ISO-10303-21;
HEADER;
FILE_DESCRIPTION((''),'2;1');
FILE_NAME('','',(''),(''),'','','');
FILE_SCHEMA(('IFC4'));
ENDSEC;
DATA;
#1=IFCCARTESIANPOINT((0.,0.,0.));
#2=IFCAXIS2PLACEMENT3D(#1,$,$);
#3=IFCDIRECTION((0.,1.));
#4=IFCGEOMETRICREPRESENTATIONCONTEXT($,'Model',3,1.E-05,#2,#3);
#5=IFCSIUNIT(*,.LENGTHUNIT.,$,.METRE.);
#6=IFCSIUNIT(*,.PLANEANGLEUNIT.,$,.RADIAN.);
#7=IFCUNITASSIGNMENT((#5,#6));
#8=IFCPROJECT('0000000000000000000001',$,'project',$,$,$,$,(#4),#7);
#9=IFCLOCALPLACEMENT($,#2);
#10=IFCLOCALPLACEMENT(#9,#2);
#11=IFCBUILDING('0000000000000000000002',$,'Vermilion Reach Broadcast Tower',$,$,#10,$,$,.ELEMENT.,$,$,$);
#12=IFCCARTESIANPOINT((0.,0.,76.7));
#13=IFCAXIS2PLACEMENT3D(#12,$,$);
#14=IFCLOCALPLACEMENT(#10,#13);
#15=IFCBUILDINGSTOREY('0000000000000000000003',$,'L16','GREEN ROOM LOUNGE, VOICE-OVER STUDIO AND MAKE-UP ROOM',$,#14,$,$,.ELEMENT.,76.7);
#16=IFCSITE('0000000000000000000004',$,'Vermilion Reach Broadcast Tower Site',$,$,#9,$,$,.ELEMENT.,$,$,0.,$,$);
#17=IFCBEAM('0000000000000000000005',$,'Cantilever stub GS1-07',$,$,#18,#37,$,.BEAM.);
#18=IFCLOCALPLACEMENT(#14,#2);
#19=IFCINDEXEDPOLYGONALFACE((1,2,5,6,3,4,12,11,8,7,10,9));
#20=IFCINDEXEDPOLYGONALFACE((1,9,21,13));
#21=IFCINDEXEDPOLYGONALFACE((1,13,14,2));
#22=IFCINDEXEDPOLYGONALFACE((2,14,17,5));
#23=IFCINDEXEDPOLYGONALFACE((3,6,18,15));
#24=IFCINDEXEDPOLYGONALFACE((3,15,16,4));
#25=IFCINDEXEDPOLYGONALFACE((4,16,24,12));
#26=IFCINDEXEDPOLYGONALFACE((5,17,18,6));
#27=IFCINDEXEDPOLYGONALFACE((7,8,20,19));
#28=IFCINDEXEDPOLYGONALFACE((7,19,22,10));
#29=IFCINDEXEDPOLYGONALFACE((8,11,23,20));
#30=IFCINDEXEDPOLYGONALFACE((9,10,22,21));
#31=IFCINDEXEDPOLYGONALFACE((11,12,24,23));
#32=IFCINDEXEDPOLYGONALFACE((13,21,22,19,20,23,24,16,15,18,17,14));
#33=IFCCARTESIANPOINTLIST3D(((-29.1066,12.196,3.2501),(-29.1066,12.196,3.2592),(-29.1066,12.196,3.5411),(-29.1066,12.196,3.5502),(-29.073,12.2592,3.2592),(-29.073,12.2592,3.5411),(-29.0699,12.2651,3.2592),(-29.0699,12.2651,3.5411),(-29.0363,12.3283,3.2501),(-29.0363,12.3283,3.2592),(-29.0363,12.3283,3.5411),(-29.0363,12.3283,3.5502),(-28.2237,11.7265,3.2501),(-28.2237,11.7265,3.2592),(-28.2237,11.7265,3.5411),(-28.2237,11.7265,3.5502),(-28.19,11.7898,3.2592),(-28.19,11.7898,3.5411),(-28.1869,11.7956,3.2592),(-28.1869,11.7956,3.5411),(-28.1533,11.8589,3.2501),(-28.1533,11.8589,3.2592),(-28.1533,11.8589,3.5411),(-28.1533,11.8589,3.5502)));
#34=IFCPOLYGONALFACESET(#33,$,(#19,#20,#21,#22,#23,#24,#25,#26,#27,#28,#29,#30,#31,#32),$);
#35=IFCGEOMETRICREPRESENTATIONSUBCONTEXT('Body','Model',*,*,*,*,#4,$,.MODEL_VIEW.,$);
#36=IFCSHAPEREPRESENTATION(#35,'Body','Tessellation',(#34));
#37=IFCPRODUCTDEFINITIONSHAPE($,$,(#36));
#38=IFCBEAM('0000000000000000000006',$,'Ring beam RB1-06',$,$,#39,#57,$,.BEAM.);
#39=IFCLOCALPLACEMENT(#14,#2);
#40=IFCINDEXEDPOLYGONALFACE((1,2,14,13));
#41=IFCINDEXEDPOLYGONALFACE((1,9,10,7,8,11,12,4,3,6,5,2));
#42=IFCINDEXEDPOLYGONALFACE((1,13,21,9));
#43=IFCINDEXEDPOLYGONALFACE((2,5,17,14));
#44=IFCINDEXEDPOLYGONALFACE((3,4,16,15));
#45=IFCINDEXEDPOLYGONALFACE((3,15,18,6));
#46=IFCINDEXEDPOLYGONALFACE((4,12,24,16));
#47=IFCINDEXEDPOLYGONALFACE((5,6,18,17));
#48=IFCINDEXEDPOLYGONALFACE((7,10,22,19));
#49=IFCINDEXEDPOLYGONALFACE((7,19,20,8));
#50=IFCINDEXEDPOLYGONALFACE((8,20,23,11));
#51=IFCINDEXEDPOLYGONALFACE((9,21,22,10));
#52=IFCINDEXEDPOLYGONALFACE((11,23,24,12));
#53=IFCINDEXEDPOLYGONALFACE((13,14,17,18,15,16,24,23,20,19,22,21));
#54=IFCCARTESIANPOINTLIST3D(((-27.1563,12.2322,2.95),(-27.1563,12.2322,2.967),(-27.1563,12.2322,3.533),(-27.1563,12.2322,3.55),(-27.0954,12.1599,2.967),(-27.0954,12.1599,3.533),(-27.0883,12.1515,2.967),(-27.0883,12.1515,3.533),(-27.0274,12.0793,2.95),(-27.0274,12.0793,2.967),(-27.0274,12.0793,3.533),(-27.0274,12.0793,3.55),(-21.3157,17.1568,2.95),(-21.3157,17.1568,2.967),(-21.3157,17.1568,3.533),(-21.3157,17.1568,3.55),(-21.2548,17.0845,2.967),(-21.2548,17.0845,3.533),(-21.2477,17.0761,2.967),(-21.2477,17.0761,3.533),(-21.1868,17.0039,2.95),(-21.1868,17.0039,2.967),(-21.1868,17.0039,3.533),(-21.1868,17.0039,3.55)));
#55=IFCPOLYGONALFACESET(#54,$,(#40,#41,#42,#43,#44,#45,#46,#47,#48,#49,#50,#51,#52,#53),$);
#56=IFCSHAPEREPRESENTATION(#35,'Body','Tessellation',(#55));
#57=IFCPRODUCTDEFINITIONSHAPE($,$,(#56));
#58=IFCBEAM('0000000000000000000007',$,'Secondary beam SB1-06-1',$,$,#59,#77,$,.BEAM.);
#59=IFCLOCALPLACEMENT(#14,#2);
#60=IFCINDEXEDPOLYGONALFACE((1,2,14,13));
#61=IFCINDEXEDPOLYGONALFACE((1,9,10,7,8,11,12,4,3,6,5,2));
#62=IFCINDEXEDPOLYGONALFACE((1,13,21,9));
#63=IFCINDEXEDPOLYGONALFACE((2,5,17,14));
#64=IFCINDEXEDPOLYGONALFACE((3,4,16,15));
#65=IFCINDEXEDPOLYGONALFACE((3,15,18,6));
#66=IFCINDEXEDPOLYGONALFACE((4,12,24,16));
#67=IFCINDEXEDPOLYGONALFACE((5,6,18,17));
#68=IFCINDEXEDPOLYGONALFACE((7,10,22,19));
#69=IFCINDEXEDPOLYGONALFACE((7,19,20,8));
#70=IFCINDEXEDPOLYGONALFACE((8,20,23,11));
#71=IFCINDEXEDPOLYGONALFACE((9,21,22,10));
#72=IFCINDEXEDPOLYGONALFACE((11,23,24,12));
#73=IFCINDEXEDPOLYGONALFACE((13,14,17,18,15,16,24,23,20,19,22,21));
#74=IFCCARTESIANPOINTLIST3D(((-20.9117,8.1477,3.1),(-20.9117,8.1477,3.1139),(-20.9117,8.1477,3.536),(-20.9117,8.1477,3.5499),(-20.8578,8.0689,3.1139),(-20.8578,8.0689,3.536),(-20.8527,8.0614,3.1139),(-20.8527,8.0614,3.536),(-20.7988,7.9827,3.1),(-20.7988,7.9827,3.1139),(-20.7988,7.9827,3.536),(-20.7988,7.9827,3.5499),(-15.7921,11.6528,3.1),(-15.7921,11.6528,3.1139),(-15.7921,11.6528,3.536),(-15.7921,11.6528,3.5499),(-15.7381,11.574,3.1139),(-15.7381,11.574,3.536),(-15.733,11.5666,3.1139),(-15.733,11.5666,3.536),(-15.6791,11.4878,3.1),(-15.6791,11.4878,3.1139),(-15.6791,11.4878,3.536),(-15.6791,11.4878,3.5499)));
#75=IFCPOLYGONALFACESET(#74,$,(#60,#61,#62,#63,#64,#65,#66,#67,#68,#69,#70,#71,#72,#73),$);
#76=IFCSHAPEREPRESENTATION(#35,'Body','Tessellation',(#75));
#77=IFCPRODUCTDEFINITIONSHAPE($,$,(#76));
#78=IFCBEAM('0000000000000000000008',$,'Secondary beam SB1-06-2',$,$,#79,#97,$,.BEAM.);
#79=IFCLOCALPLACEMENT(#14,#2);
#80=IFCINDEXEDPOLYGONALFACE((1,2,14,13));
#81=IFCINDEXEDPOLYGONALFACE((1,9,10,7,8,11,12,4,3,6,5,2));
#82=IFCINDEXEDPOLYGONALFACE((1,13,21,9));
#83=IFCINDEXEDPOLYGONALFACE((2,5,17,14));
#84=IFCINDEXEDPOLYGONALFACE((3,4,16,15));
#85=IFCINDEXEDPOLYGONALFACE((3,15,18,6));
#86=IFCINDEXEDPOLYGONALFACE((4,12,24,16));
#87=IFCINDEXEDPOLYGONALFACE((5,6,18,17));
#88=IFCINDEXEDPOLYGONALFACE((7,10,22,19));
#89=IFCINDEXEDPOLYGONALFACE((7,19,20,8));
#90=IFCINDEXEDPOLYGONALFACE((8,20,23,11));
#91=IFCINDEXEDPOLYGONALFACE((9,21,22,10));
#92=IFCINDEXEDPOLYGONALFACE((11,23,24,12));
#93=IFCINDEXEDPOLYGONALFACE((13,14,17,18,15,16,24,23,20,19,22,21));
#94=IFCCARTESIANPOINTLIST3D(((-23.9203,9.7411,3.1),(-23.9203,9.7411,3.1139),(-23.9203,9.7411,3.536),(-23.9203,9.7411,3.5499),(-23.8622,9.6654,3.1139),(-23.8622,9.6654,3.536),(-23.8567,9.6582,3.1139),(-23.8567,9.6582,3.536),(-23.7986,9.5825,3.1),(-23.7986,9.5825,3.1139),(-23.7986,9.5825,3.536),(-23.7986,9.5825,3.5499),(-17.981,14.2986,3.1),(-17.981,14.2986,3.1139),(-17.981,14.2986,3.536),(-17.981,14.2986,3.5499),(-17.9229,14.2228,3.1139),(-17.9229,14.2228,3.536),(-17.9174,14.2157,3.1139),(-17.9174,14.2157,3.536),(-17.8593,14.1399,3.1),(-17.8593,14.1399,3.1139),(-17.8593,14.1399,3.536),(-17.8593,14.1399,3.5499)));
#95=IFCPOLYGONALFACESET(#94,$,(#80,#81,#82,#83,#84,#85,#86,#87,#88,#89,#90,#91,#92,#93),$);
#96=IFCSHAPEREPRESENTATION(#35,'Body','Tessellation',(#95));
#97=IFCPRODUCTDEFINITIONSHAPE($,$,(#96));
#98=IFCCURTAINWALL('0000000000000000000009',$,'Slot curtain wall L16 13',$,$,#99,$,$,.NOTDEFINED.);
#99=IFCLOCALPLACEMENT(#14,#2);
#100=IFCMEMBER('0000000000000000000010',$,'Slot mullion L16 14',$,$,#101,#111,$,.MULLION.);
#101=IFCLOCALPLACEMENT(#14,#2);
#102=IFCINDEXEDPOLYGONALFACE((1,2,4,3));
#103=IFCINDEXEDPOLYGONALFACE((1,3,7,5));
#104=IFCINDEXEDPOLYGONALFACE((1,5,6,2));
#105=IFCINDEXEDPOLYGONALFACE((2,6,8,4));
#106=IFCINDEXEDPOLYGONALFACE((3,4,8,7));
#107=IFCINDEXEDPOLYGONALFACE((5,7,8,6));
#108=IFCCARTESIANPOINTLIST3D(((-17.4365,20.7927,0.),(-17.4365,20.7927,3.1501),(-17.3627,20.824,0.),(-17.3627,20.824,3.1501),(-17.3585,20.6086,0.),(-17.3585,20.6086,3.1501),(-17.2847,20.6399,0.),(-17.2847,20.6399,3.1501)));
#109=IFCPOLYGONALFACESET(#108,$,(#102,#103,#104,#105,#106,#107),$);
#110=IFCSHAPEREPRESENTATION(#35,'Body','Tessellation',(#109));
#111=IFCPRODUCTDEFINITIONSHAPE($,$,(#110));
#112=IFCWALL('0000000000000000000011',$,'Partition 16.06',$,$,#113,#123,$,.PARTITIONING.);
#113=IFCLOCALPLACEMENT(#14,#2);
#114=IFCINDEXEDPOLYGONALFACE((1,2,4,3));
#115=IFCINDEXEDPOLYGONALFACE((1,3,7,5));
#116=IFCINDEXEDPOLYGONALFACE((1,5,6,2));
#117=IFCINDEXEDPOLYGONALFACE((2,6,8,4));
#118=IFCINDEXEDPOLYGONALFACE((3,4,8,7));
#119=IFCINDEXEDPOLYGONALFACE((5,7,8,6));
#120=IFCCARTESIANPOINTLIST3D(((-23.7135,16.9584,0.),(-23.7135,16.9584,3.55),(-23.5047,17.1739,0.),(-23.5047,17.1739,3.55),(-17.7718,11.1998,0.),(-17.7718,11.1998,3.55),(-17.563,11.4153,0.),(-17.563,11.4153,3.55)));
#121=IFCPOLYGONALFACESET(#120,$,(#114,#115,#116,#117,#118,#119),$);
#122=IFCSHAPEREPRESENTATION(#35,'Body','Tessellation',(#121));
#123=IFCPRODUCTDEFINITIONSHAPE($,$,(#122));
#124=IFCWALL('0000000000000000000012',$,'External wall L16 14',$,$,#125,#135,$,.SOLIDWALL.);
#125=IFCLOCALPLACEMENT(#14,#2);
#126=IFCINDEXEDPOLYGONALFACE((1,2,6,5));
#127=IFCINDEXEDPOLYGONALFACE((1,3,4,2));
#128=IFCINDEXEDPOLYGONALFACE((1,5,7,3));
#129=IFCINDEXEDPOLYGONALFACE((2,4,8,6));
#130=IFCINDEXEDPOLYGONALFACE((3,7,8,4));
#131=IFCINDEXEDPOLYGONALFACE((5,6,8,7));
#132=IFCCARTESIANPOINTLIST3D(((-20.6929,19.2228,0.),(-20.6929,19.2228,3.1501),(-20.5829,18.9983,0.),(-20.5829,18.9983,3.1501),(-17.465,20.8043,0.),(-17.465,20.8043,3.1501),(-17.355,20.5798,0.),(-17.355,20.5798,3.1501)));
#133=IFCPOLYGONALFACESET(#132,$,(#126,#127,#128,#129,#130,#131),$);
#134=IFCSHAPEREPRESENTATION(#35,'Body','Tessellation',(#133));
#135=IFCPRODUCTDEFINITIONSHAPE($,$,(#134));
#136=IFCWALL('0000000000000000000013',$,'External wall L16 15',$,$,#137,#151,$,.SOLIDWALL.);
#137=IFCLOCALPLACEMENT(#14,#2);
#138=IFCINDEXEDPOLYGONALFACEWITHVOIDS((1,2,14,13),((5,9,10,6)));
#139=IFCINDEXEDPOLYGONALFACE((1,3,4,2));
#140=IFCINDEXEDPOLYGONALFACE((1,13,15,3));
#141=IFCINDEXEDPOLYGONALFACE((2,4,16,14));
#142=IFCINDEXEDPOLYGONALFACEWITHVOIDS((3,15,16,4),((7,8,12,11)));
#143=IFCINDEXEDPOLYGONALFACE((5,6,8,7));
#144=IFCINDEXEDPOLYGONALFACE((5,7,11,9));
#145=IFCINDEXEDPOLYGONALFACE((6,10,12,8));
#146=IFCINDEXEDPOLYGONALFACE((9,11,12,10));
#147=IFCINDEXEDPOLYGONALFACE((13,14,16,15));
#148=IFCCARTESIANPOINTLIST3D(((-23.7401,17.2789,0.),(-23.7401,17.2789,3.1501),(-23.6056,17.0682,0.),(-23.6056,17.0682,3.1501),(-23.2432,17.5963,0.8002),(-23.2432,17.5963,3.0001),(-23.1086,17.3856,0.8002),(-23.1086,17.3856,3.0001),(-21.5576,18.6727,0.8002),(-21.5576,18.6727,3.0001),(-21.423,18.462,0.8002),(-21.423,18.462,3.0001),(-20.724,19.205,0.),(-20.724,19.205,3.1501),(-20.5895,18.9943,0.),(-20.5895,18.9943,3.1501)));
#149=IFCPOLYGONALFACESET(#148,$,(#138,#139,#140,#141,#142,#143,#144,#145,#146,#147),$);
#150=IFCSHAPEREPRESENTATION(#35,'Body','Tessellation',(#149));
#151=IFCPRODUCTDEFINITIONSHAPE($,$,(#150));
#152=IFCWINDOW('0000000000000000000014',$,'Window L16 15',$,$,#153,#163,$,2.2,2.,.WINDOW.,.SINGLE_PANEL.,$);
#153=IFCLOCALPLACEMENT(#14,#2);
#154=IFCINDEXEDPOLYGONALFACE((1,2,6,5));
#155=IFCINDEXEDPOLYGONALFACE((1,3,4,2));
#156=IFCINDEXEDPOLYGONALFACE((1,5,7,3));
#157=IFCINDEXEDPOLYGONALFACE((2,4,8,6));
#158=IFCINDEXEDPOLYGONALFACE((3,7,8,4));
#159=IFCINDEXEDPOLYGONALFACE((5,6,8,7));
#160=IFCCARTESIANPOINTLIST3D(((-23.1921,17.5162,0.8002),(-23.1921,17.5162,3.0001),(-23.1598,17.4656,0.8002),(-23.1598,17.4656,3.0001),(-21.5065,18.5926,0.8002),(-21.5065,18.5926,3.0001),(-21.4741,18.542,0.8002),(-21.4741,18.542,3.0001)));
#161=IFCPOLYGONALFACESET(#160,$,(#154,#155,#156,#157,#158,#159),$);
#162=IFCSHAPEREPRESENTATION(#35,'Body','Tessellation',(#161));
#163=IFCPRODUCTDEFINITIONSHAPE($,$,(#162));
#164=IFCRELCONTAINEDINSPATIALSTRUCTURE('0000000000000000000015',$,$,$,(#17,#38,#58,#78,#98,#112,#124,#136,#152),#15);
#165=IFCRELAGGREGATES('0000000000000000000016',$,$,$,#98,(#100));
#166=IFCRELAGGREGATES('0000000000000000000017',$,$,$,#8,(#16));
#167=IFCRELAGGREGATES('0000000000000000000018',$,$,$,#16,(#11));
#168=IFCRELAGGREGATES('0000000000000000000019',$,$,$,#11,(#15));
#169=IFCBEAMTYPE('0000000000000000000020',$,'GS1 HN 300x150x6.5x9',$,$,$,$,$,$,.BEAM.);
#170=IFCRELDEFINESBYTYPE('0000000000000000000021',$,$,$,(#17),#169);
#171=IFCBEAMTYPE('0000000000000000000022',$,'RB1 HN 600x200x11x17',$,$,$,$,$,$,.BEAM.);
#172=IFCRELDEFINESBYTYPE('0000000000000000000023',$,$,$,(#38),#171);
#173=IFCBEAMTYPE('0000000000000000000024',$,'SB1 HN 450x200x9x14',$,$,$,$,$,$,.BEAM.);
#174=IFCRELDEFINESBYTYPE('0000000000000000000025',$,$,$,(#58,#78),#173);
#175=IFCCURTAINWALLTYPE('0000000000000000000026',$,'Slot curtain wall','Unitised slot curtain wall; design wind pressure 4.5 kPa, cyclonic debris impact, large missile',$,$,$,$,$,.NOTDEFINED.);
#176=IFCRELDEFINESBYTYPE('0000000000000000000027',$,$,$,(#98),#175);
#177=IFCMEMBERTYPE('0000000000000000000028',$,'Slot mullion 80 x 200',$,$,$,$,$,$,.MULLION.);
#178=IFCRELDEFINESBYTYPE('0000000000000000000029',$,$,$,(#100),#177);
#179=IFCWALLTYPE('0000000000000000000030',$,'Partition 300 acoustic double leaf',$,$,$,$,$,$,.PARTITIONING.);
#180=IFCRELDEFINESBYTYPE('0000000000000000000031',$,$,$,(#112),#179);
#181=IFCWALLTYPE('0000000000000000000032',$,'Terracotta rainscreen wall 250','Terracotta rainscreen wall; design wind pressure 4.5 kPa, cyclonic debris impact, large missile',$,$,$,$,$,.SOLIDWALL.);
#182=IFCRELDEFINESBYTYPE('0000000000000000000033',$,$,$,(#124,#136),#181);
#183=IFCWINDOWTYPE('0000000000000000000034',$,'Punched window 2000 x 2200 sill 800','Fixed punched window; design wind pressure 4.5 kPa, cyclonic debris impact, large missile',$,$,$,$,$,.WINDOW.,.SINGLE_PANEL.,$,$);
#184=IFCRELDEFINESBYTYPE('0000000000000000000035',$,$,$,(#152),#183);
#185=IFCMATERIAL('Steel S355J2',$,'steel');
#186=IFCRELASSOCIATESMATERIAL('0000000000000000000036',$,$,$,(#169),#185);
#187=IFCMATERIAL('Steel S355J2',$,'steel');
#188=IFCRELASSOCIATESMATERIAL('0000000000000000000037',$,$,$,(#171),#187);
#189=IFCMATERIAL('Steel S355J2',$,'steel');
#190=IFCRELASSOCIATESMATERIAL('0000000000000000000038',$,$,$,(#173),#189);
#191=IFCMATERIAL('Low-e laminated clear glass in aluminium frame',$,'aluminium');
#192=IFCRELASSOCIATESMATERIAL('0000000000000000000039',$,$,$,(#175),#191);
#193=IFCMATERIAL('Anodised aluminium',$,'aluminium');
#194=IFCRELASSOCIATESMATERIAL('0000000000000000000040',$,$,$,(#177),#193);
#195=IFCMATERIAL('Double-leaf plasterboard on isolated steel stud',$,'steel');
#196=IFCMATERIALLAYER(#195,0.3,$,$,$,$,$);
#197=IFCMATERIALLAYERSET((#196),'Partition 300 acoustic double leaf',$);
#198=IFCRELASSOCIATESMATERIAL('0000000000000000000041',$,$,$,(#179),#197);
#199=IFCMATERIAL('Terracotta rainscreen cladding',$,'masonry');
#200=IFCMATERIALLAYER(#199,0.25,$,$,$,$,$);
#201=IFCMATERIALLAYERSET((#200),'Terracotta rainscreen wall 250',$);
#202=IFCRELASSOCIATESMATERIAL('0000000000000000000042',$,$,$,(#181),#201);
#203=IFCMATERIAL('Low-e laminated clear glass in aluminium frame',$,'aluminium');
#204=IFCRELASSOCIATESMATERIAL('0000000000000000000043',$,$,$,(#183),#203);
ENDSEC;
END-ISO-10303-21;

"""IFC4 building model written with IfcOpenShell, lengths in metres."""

from ifc_helpers import new_model, si_unit, direction, frame, frame_2d, origin, origin_2d, place, context, subcontext, project, spatial, rectangle, i_section, extrude, material, layer, layer_set, material_profile, profile_set, type_object, element, fill, aggregate, save


model = new_model("IFC4")

# Units and contexts
model_context = context("Model", 3, precision=1e-05, world=origin(), true_north=direction((0.0, 1.0)))
body_context = subcontext(model_context, "Body", "Model", "MODEL_VIEW")
ifc_project = project(units=[si_unit("LENGTHUNIT", "METRE"), si_unit("PLANEANGLEUNIT", "RADIAN")], contexts=[model_context])

# Site, building, storey
site_placement = place(None, origin())
site = spatial("IfcSite", under=ifc_project, at=site_placement, Name="Vermilion Reach Broadcast Tower Site", CompositionType="ELEMENT", RefElevation=0.0)
building_placement = place(site_placement, origin())
building = spatial("IfcBuilding", under=site, at=building_placement, Name="Vermilion Reach Broadcast Tower", CompositionType="ELEMENT")
storey_placement = place(building_placement, frame((0.0, 0.0, 76.7)))
storey = spatial("IfcBuildingStorey", under=building, at=storey_placement, Name="L16", Description="GREEN ROOM LOUNGE, VOICE-OVER STUDIO AND MAKE-UP ROOM", CompositionType="ELEMENT", Elevation=76.7)

# Beams
ifc_material_1 = material(Name="Steel S355J2", Category="steel")
ifc_material_profile_1 = material_profile(ifc_material_1, i_section(OverallWidth=0.1499, OverallDepth=0.3, WebThickness=0.0066, FlangeThickness=0.009, at=origin_2d()), Name="S355J2 HN 300x150x6.5x9")
ifc_profile_set_1 = profile_set([ifc_material_profile_1], Name="Steel S355J2")
beam_type_1 = type_object("IfcBeamType", Name="GS1 HN 300x150x6.5x9", PredefinedType="BEAM", material=ifc_profile_set_1)
for number, where, z_axis, x_axis, name in (
    (1, (-28.1885, 11.7927, 3.4001), (-0.882967, 0.469435, 0.0), (-0.469435, -0.882967, 0.0), "Cantilever stub GS1-07"),
):
    element("IfcBeam", number, at=place(storey_placement, frame(where, z_axis=z_axis, x_axis=x_axis)), inside=storey, type_object=beam_type_1, Name=name, PredefinedType="BEAM", context=body_context, shape_type="SweptSolid", body=[
        extrude(i_section(OverallWidth=0.1499, OverallDepth=0.3, WebThickness=0.0066, FlangeThickness=0.009, at=origin_2d()), origin(), (0.0, 0.0, 1.0), 1.0),
    ])
ifc_material_2 = material(Name="Steel S355J2", Category="steel")
ifc_material_profile_2 = material_profile(ifc_material_2, i_section(OverallWidth=0.2, OverallDepth=0.6001, WebThickness=0.011, FlangeThickness=0.0171, at=origin_2d()), Name="S355J2 HN 600x200x11x17")
ifc_profile_set_2 = profile_set([ifc_material_profile_2], Name="Steel S355J2")
beam_type_2 = type_object("IfcBeamType", Name="RB1 HN 600x200x11x17", PredefinedType="BEAM", material=ifc_profile_set_2)
beam_1_placement = place(storey_placement, frame((-21.2512, 17.0803, 3.25), z_axis=(-0.764512, -0.644609, 0.0), x_axis=(0.644609, -0.764512, 0.0)))
element("IfcBeam", 2, at=beam_1_placement, inside=storey, type_object=beam_type_2, Name="Ring beam RB1-06", PredefinedType="BEAM", context=body_context, shape_type="SweptSolid", body=[
    extrude(i_section(OverallWidth=0.2, OverallDepth=0.6001, WebThickness=0.011, FlangeThickness=0.0171, at=origin_2d()), origin(), (0.0, 0.0, 1.0), 7.6396),
])
ifc_material_3 = material(Name="Steel S355J2", Category="steel")
ifc_material_profile_3 = material_profile(ifc_material_3, i_section(OverallWidth=0.2, OverallDepth=0.45, WebThickness=0.009, FlangeThickness=0.0139, at=origin_2d()), Name="S355J2 HN 450x200x9x14")
ifc_profile_set_3 = profile_set([ifc_material_profile_3], Name="Steel S355J2")
beam_type_3 = type_object("IfcBeamType", Name="SB1 HN 450x200x9x14", PredefinedType="BEAM", material=ifc_profile_set_3)
beam_2_placement = place(storey_placement, frame((-15.7356, 11.5703, 3.325), z_axis=(-0.82514, -0.564928, 0.0), x_axis=(0.564928, -0.82514, 0.0)))
element("IfcBeam", 3, at=beam_2_placement, inside=storey, type_object=beam_type_3, Name="Secondary beam SB1-06-1", PredefinedType="BEAM", context=body_context, shape_type="SweptSolid", body=[
    extrude(i_section(OverallWidth=0.2, OverallDepth=0.45, WebThickness=0.009, FlangeThickness=0.0139, at=origin_2d()), origin(), (0.0, 0.0, 1.0), 6.2046),
])
beam_3_placement = place(storey_placement, frame((-17.9202, 14.2192, 3.325), z_axis=(-0.79335, -0.608766, 0.0), x_axis=(0.608766, -0.79335, 0.0)))
element("IfcBeam", 4, at=beam_3_placement, inside=storey, type_object=beam_type_3, Name="Secondary beam SB1-06-2", PredefinedType="BEAM", context=body_context, shape_type="SweptSolid", body=[
    extrude(i_section(OverallWidth=0.2, OverallDepth=0.45, WebThickness=0.009, FlangeThickness=0.0139, at=origin_2d()), origin(), (0.0, 0.0, 1.0), 7.4863),
])

# Curtain wall, member
ifc_material_4 = material(Name="Low-e laminated clear glass in aluminium frame", Category="aluminium")
curtain_wall_type = type_object("IfcCurtainWallType", Name="Slot curtain wall", Description="Unitised slot curtain wall; design wind pressure 4.5 kPa, cyclonic debris impact, large missile", PredefinedType="NOTDEFINED", material=ifc_material_4)
curtain_wall_placement = place(storey_placement, origin())
curtain_wall = element("IfcCurtainWall", 5, at=curtain_wall_placement, inside=storey, type_object=curtain_wall_type, Name="Slot curtain wall L16 13", PredefinedType="NOTDEFINED")
ifc_material_5 = material(Name="Anodised aluminium", Category="aluminium")
ifc_material_profile_4 = material_profile(ifc_material_5, rectangle(XDim=0.2, YDim=0.0801, at=origin_2d()), Name="Slot mullion 80 x 200")
ifc_profile_set_4 = profile_set([ifc_material_profile_4], Name="Anodised aluminium")
member_type = type_object("IfcMemberType", Name="Slot mullion 80 x 200", PredefinedType="MULLION", material=ifc_profile_set_4)
member_placement = place(storey_placement, frame((-17.3606, 20.7163, 0.0), z_axis=(0.0, 0.0, 1.0), x_axis=(0.390104, -0.920771, 0.0)))
member = element("IfcMember", 6, at=member_placement, type_object=member_type, Name="Slot mullion L16 14", PredefinedType="MULLION", context=body_context, shape_type="SweptSolid", body=[
    extrude(rectangle(XDim=0.2, YDim=0.0801, at=origin_2d()), origin(), (0.0, 0.0, 1.0), 3.1501),
])
aggregate(curtain_wall, [member])

# Walls
ifc_material_6 = material(Name="Double-leaf plasterboard on isolated steel stud", Category="steel")
ifc_layer_1 = layer(ifc_material_6, 0.3)
ifc_layer_set_1 = layer_set([ifc_layer_1], Name="Partition 300 acoustic double leaf")
wall_type_1 = type_object("IfcWallType", Name="Partition 300 acoustic double leaf", PredefinedType="PARTITIONING", material=ifc_layer_set_1)
wall_1_placement = place(storey_placement, frame((-23.6091, 17.0662, 0.0), z_axis=(0.0, 0.0, 1.0), x_axis=(0.718085, -0.695955, 0.0)))
element("IfcWall", 7, at=wall_1_placement, inside=storey, type_object=wall_type_1, Name="Partition 16.06", PredefinedType="PARTITIONING", context=body_context, shape_type="SweptSolid", body=[
    extrude(rectangle(XDim=8.2744, YDim=0.3, at=frame_2d((4.1372, 0.0))), origin(), (0.0, 0.0, 1.0), 3.55),
])
ifc_material_7 = material(Name="Terracotta rainscreen cladding", Category="masonry")
ifc_layer_2 = layer(ifc_material_7, 0.25)
ifc_layer_set_2 = layer_set([ifc_layer_2], Name="Terracotta rainscreen wall 250")
wall_type_2 = type_object("IfcWallType", Name="Terracotta rainscreen wall 250", Description="Terracotta rainscreen wall; design wind pressure 4.5 kPa, cyclonic debris impact, large missile", PredefinedType="SOLIDWALL", material=ifc_layer_set_2)
wall_2_placement = place(storey_placement, frame((-17.4099, 20.6921, 0.0), z_axis=(0.0, 0.0, 1.0), x_axis=(-0.897998, -0.439999, 0.0)))
element("IfcWall", 8, at=wall_2_placement, inside=storey, type_object=wall_type_2, Name="External wall L16 14", PredefinedType="SOLIDWALL", context=body_context, shape_type="SweptSolid", body=[
    extrude(rectangle(XDim=3.5945, YDim=0.25, at=frame_2d((1.7974, 0.0))), origin(), (0.0, 0.0, 1.0), 3.1501),
])

# Wall, opening, window
wall_3_placement = place(storey_placement, frame((-20.6567, 19.0996, 0.0), z_axis=(0.0, 0.0, 1.0), x_axis=(-0.842815, -0.538204, 0.0)))
wall_3 = element("IfcWall", 9, at=wall_3_placement, inside=storey, type_object=wall_type_2, Name="External wall L16 15", PredefinedType="SOLIDWALL", context=body_context, shape_type="SweptSolid", body=[
    extrude(rectangle(XDim=3.5786, YDim=0.25, at=frame_2d((1.7893, 0.0))), origin(), (0.0, 0.0, 1.0), 3.1501),
])
opening_1_placement = place(wall_3_placement, frame((0.989, 0.0, 0.8)))
opening_1 = element("IfcOpeningElement", 10, at=opening_1_placement, cuts=wall_3, PredefinedType="OPENING", context=body_context, shape_type="SweptSolid", body=[
    extrude(rectangle(XDim=2.0, YDim=2.2, at=frame_2d((1.0, 1.1001))), frame((0.0, 0.135, 0.0), z_axis=(0.0, -1.0, 0.0), x_axis=(1.0, 0.0, 0.0)), (0.0, 0.0, 1.0), 0.27),
])
ifc_material_8 = material(Name="Low-e laminated clear glass in aluminium frame", Category="aluminium")
window_type = type_object("IfcWindowType", Name="Punched window 2000 x 2200 sill 800", Description="Fixed punched window; design wind pressure 4.5 kPa, cyclonic debris impact, large missile", PartitioningType="SINGLE_PANEL", PredefinedType="WINDOW", material=ifc_material_8)
window_1_placement = place(opening_1_placement, origin())
window_1 = element("IfcWindow", 11, at=window_1_placement, inside=storey, type_object=window_type, Name="Window L16 15", OverallHeight=2.2, OverallWidth=2.0, PartitioningType="SINGLE_PANEL", PredefinedType="WINDOW", context=body_context, shape_type="SweptSolid", body=[
    extrude(rectangle(XDim=2.0, YDim=2.2, at=frame_2d((1.0, 1.1001))), frame((0.0, 0.03, 0.0), z_axis=(0.0, -1.0, 0.0), x_axis=(1.0, 0.0, 0.0)), (0.0, 0.0, 1.0), 0.0601),
])
fill(opening_1, window_1)

save(model, "model.ifc")
